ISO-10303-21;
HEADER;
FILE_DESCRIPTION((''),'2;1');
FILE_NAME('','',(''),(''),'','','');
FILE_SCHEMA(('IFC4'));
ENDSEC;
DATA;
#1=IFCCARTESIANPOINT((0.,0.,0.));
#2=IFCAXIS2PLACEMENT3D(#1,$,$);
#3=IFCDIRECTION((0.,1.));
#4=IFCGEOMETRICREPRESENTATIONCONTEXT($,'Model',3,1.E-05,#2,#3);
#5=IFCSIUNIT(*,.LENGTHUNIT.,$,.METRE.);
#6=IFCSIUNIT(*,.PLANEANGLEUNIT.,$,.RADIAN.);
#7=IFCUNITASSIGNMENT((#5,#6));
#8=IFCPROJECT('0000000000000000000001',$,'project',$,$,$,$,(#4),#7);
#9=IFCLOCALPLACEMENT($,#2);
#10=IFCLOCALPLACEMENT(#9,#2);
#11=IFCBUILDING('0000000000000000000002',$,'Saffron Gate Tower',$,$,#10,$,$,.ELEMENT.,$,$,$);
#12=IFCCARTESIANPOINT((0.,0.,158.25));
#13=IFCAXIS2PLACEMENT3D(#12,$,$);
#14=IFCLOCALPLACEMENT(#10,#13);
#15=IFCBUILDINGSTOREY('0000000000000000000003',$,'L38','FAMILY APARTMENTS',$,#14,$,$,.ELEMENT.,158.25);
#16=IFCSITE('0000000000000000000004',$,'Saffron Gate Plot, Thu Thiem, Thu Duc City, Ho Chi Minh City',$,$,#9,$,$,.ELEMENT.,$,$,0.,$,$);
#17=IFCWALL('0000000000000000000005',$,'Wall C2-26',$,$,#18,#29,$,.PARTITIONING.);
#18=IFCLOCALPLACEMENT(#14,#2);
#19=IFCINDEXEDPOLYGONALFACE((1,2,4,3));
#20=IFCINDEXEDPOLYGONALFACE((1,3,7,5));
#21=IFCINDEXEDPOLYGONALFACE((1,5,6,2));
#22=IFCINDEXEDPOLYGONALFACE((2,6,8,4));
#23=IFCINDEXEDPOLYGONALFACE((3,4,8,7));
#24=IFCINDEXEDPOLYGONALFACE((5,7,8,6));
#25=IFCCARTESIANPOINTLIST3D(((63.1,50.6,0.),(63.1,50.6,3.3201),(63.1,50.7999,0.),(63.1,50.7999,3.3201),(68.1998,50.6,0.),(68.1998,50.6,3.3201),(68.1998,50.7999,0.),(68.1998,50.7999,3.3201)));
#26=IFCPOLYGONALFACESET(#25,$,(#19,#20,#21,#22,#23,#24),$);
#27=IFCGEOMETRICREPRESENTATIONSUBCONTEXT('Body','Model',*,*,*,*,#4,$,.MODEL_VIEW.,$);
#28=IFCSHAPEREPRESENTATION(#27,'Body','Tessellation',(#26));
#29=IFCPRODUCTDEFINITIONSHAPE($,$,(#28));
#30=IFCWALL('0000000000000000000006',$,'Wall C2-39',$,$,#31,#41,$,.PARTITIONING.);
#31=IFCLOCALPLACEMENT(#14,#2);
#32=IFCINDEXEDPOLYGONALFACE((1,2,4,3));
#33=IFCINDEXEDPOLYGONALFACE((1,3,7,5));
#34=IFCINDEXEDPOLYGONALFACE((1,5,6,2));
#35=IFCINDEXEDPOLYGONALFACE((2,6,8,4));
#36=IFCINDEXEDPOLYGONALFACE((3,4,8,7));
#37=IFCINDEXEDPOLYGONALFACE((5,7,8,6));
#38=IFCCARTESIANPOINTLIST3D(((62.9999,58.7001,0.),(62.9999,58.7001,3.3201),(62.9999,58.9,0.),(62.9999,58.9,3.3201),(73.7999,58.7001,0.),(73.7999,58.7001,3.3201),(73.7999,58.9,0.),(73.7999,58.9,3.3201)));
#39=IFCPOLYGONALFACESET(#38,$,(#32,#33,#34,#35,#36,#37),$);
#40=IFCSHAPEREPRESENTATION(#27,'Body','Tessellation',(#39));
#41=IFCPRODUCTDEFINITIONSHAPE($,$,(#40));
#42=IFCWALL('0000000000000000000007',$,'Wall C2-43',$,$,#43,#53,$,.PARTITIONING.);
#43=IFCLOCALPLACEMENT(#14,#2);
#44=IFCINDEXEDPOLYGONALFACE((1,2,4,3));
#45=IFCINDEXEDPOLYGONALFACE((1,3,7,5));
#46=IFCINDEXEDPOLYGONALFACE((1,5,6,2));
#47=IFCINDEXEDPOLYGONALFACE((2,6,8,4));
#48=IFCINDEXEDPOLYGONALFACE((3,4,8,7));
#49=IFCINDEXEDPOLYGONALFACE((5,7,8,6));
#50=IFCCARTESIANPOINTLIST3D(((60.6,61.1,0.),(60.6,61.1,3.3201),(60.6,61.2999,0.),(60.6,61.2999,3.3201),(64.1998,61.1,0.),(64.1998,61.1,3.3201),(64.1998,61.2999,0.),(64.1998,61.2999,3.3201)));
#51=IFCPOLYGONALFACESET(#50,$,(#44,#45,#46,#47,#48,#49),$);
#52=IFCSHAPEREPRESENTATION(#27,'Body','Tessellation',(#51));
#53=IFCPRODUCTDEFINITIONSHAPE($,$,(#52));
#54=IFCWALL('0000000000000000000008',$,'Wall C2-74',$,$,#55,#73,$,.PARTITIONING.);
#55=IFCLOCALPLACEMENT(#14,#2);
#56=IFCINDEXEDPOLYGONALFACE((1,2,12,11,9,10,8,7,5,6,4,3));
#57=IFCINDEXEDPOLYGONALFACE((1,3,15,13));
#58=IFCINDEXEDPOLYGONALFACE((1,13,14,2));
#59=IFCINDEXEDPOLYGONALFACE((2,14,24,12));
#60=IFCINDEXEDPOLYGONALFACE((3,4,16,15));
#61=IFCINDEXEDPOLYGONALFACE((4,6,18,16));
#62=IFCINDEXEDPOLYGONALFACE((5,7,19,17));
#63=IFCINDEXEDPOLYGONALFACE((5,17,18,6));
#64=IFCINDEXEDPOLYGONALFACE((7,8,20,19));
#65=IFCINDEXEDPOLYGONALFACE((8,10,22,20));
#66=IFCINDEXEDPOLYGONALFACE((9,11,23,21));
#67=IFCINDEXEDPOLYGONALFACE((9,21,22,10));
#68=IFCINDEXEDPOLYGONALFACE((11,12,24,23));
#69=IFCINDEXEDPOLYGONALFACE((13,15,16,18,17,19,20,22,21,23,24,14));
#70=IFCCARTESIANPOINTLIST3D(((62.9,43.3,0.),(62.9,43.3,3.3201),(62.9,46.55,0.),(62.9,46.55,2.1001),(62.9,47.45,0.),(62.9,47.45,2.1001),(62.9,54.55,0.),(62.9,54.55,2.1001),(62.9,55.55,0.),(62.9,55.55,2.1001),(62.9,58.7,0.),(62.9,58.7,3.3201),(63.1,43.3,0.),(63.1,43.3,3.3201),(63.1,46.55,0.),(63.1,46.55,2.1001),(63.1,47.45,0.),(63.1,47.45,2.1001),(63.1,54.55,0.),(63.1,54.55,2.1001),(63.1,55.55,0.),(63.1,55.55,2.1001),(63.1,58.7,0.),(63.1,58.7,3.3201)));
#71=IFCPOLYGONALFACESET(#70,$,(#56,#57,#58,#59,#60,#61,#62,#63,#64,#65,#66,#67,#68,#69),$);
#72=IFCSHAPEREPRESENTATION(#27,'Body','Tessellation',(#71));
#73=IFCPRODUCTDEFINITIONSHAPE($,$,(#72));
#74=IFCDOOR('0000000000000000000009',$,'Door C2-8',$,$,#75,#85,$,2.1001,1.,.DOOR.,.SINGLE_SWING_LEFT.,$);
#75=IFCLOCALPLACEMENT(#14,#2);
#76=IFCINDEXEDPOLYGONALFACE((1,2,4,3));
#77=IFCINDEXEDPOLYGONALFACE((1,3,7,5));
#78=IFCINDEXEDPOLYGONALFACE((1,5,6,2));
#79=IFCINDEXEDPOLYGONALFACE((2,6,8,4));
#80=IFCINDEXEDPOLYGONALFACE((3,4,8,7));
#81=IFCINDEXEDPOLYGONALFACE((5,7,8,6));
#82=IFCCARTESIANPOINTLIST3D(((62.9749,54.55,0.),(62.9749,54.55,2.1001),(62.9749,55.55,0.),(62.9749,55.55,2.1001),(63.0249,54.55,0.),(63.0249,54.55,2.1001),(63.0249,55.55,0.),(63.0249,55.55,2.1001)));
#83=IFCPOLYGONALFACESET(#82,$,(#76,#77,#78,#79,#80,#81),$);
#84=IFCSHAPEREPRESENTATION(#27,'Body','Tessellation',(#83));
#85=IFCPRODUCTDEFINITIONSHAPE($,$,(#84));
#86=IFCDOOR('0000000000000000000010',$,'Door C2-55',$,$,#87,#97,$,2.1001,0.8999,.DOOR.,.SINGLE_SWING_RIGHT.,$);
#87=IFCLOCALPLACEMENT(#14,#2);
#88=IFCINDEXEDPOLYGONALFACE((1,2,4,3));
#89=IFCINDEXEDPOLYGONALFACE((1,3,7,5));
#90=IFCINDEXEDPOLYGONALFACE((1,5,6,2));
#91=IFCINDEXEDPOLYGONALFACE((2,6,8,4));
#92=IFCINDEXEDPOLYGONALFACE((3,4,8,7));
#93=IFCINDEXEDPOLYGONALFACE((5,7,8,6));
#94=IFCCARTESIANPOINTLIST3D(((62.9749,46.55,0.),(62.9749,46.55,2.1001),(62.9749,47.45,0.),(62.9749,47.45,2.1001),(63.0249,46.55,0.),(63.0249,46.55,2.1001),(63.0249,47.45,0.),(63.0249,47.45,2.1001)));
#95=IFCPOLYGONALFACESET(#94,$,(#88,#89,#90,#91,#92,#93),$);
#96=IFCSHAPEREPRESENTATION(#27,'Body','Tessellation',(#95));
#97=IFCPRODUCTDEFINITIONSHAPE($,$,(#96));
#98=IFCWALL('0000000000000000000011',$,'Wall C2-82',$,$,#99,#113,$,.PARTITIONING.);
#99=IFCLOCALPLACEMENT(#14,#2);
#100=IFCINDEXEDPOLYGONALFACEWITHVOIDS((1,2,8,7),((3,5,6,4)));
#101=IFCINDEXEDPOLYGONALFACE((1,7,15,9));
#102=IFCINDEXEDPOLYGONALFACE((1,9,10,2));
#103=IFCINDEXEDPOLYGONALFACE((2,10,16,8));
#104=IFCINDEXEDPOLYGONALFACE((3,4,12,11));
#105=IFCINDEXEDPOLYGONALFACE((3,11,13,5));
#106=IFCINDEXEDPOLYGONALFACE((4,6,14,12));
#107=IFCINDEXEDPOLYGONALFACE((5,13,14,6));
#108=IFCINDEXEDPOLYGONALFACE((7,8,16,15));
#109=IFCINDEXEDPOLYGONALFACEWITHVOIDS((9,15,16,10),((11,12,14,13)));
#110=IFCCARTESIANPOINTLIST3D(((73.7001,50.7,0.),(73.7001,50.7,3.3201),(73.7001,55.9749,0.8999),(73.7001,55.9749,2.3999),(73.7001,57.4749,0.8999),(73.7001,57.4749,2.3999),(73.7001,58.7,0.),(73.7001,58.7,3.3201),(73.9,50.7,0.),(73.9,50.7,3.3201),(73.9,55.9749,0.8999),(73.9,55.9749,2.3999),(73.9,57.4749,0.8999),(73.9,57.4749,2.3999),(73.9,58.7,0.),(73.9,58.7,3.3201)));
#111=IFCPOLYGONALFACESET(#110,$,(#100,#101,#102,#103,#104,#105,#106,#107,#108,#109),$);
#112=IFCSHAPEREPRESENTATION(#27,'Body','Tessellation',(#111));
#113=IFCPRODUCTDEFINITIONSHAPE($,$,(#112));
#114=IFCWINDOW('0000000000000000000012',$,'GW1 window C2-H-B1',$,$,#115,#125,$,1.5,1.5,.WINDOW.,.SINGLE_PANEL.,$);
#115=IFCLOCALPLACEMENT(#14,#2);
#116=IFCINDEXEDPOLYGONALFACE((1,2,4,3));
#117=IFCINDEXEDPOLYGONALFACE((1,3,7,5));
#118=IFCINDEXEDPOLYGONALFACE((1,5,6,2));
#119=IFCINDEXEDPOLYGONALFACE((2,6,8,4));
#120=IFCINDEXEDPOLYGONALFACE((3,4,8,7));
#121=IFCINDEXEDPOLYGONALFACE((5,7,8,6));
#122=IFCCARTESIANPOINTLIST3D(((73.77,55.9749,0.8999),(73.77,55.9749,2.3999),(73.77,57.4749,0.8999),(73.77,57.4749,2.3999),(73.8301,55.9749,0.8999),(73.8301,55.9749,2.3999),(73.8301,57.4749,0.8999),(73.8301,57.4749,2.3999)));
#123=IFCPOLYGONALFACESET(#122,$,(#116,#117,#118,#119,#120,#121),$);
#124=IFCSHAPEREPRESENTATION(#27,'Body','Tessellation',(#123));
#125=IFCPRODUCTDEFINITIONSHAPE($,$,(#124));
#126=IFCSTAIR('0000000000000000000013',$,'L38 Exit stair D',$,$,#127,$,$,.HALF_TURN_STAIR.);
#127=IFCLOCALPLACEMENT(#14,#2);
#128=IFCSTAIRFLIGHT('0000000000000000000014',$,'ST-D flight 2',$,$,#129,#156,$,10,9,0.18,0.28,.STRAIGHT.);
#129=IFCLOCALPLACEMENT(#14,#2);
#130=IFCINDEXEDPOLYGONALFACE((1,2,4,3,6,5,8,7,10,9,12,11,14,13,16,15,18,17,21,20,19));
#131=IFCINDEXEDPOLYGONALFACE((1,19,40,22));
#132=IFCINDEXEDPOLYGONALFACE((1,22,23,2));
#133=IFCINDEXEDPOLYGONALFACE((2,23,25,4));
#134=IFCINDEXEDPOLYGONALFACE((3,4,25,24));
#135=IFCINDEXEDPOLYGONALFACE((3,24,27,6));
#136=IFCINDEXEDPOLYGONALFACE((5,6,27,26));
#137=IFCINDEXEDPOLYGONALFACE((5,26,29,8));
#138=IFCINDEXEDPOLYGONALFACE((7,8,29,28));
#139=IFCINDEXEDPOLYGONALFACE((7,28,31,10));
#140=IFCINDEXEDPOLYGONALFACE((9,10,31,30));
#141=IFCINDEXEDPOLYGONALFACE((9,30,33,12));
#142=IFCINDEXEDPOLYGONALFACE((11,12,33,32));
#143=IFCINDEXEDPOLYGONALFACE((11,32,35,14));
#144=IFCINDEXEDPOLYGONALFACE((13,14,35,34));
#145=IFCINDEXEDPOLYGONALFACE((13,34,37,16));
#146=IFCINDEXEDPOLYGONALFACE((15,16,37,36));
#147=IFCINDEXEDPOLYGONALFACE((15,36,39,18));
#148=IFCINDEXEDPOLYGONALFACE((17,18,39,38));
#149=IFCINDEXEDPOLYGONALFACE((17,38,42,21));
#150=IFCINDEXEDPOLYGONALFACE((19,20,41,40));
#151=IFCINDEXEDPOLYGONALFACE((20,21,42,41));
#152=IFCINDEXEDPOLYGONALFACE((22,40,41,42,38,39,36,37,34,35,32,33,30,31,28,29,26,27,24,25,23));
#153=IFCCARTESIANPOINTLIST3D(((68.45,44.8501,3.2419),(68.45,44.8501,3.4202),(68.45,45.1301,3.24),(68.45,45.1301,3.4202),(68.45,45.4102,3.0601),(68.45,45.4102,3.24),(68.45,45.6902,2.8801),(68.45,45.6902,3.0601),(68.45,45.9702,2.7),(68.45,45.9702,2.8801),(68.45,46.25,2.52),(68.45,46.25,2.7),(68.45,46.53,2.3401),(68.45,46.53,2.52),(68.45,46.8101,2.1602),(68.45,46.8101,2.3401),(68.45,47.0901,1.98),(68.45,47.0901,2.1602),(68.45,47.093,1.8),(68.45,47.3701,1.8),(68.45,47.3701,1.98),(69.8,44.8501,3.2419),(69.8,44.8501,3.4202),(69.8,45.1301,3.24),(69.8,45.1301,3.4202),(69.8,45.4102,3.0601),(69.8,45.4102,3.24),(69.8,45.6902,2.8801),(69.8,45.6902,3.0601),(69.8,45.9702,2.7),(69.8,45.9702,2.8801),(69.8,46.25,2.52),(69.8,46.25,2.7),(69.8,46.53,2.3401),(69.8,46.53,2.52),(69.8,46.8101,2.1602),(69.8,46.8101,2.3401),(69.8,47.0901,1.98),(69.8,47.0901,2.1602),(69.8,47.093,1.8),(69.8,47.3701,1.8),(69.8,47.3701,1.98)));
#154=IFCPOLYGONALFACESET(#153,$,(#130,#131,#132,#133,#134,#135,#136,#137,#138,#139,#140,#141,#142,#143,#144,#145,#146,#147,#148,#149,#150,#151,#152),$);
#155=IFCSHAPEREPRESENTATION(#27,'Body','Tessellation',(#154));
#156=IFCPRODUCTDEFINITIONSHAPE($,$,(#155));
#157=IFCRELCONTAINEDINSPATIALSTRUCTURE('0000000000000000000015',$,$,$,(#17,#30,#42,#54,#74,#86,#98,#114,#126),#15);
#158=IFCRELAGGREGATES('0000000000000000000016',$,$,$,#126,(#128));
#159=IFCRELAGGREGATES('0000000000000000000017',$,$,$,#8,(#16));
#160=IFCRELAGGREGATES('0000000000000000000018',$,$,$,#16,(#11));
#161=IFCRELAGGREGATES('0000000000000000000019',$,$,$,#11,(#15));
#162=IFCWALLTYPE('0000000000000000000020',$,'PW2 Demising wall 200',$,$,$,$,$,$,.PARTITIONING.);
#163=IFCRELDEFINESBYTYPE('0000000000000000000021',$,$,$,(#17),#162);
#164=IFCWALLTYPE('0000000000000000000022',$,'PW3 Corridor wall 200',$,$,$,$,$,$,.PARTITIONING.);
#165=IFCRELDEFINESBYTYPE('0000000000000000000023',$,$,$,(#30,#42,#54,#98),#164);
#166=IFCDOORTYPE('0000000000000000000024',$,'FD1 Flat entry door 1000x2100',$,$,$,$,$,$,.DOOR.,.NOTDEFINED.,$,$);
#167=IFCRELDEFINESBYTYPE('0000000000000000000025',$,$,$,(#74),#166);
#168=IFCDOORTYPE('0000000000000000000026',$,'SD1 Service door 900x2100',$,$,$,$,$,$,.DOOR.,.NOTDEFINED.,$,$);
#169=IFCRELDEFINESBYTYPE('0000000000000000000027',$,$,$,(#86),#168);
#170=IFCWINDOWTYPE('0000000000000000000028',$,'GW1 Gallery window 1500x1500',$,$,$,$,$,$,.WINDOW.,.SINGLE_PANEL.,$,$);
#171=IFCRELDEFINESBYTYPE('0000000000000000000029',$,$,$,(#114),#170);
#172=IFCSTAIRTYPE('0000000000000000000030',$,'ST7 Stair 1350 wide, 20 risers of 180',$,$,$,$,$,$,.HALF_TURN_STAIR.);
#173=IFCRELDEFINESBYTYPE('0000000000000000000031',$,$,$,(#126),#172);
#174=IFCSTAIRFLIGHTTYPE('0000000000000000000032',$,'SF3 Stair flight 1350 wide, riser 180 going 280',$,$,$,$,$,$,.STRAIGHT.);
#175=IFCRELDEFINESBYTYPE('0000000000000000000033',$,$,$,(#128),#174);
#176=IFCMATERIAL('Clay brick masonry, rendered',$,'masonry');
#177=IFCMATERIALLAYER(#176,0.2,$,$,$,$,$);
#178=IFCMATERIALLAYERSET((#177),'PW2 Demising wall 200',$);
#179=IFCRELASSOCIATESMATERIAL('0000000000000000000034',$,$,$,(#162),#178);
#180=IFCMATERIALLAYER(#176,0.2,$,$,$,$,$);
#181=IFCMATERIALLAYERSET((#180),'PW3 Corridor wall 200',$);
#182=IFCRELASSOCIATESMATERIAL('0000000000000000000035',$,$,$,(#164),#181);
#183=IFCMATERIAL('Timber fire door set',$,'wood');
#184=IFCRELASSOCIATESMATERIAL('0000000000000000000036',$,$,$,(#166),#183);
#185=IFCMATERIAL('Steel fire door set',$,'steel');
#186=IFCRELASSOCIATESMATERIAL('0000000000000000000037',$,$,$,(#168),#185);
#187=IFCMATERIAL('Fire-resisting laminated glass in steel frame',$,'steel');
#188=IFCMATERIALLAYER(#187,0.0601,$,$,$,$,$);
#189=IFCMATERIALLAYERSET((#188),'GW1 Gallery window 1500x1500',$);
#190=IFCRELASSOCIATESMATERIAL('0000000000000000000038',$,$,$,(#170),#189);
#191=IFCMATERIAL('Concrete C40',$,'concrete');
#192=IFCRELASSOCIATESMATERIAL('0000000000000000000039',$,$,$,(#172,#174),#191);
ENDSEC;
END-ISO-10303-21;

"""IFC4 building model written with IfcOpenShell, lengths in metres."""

from ifc_helpers import new_model, si_unit, direction, frame, frame_2d, origin, place, context, subcontext, project, spatial, polyline, rectangle, outline, extrude, material, layer, layer_set, type_object, element, fill, aggregate, save


model = new_model("IFC4")

# Units and contexts
model_context = context("Model", 3, precision=1e-05, world=origin(), true_north=direction((0.0, 1.0)))
body_context = subcontext(model_context, "Body", "Model", "MODEL_VIEW")
ifc_project = project(units=[si_unit("LENGTHUNIT", "METRE"), si_unit("PLANEANGLEUNIT", "RADIAN")], contexts=[model_context])

# Site, building, storey
site_placement = place(None, origin())
site = spatial("IfcSite", under=ifc_project, at=site_placement, Name="Saffron Gate Plot, Thu Thiem, Thu Duc City, Ho Chi Minh City", CompositionType="ELEMENT", RefElevation=0.0)
building_placement = place(site_placement, origin())
building = spatial("IfcBuilding", under=site, at=building_placement, Name="Saffron Gate Tower", CompositionType="ELEMENT")
storey_placement = place(building_placement, frame((0.0, 0.0, 158.25)))
storey = spatial("IfcBuildingStorey", under=building, at=storey_placement, Name="L38", Description="FAMILY APARTMENTS", CompositionType="ELEMENT", Elevation=158.25)

# Walls
ifc_material_1 = material(Name="Clay brick masonry, rendered", Category="masonry")
ifc_layer_1 = layer(ifc_material_1, 0.2)
ifc_layer_set_1 = layer_set([ifc_layer_1], Name="PW2 Demising wall 200")
wall_type_1 = type_object("IfcWallType", Name="PW2 Demising wall 200", PredefinedType="PARTITIONING", material=ifc_layer_set_1)
wall_1_placement = place(storey_placement, frame((63.1001, 50.7, 0.0), z_axis=(0.0, 0.0, 1.0), x_axis=(1.0, 0.0, 0.0)))
element("IfcWall", 1, at=wall_1_placement, inside=storey, type_object=wall_type_1, Name="Wall C2-26", PredefinedType="PARTITIONING", context=body_context, shape_type="SweptSolid", body=[
    extrude(rectangle(XDim=5.0999, YDim=0.2, at=frame_2d((2.5498, 0.0))), origin(), (0.0, 0.0, 1.0), 3.3201),
])
ifc_layer_2 = layer(ifc_material_1, 0.2)
ifc_layer_set_2 = layer_set([ifc_layer_2], Name="PW3 Corridor wall 200")
wall_type_2 = type_object("IfcWallType", Name="PW3 Corridor wall 200", PredefinedType="PARTITIONING", material=ifc_layer_set_2)
wall_2_placement = place(storey_placement, frame((63.0, 58.8, 0.0), z_axis=(0.0, 0.0, 1.0), x_axis=(1.0, 0.0, 0.0)))
element("IfcWall", 2, at=wall_2_placement, inside=storey, type_object=wall_type_2, Name="Wall C2-39", PredefinedType="PARTITIONING", context=body_context, shape_type="SweptSolid", body=[
    extrude(rectangle(XDim=10.8, YDim=0.2, at=frame_2d((5.3999, 0.0))), origin(), (0.0, 0.0, 1.0), 3.3201),
])
wall_3_placement = place(storey_placement, frame((60.6001, 61.2, 0.0), z_axis=(0.0, 0.0, 1.0), x_axis=(1.0, 0.0, 0.0)))
element("IfcWall", 3, at=wall_3_placement, inside=storey, type_object=wall_type_2, Name="Wall C2-43", PredefinedType="PARTITIONING", context=body_context, shape_type="SweptSolid", body=[
    extrude(rectangle(XDim=3.5999, YDim=0.2, at=frame_2d((1.7998, 0.0))), origin(), (0.0, 0.0, 1.0), 3.3201),
])

# Wall, openings, doors
wall_4_placement = place(storey_placement, frame((63.0, 58.7, 0.0), z_axis=(0.0, 0.0, 1.0), x_axis=(0.0, -1.0, 0.0)))
wall_4 = element("IfcWall", 4, at=wall_4_placement, inside=storey, type_object=wall_type_2, Name="Wall C2-74", PredefinedType="PARTITIONING", context=body_context, shape_type="SweptSolid", body=[
    extrude(rectangle(XDim=15.3999, YDim=0.2, at=frame_2d((7.7, 0.0))), origin(), (0.0, 0.0, 1.0), 3.3201),
])
opening_1_placement = place(wall_4_placement, frame((3.1499, 0.0, 0.0)))
opening_1 = element("IfcOpeningElement", 5, at=opening_1_placement, cuts=wall_4, PredefinedType="OPENING", context=body_context, shape_type="SweptSolid", body=[
    extrude(rectangle(XDim=1.0, YDim=2.1001, at=frame_2d((0.5, 1.05))), frame((0.0, 0.1099, 0.0), z_axis=(0.0, -1.0, 0.0), x_axis=(1.0, 0.0, 0.0)), (0.0, 0.0, 1.0), 0.22),
])
opening_2_placement = place(wall_4_placement, frame((11.25, 0.0, 0.0)))
opening_2 = element("IfcOpeningElement", 6, at=opening_2_placement, cuts=wall_4, PredefinedType="OPENING", context=body_context, shape_type="SweptSolid", body=[
    extrude(rectangle(XDim=0.8999, YDim=2.1001, at=frame_2d((0.45, 1.05))), frame((0.0, 0.1099, 0.0), z_axis=(0.0, -1.0, 0.0), x_axis=(1.0, 0.0, 0.0)), (0.0, 0.0, 1.0), 0.22),
])
ifc_material_2 = material(Name="Timber fire door set", Category="wood")
door_type_1 = type_object("IfcDoorType", Name="FD1 Flat entry door 1000x2100", OperationType="NOTDEFINED", PredefinedType="DOOR", material=ifc_material_2)
door_1_placement = place(opening_1_placement, origin())
door_1 = element("IfcDoor", 7, at=door_1_placement, inside=storey, type_object=door_type_1, Name="Door C2-8", OperationType="SINGLE_SWING_LEFT", OverallHeight=2.1001, OverallWidth=1.0, PredefinedType="DOOR", context=body_context, shape_type="SweptSolid", body=[
    extrude(rectangle(XDim=1.0, YDim=2.1001, at=frame_2d((0.5, 1.05))), frame((0.0, 0.0249, 0.0), z_axis=(0.0, -1.0, 0.0), x_axis=(1.0, 0.0, 0.0)), (0.0, 0.0, 1.0), 0.05),
])
fill(opening_1, door_1)
ifc_material_3 = material(Name="Steel fire door set", Category="steel")
door_type_2 = type_object("IfcDoorType", Name="SD1 Service door 900x2100", OperationType="NOTDEFINED", PredefinedType="DOOR", material=ifc_material_3)
door_2_placement = place(opening_2_placement, origin())
door_2 = element("IfcDoor", 8, at=door_2_placement, inside=storey, type_object=door_type_2, Name="Door C2-55", OperationType="SINGLE_SWING_RIGHT", OverallHeight=2.1001, OverallWidth=0.8999, PredefinedType="DOOR", context=body_context, shape_type="SweptSolid", body=[
    extrude(rectangle(XDim=0.8999, YDim=2.1001, at=frame_2d((0.45, 1.05))), frame((0.0, 0.0249, 0.0), z_axis=(0.0, -1.0, 0.0), x_axis=(1.0, 0.0, 0.0)), (0.0, 0.0, 1.0), 0.05),
])
fill(opening_2, door_2)

# Wall, opening, window
wall_5_placement = place(storey_placement, frame((73.8, 58.7, 0.0), z_axis=(0.0, 0.0, 1.0), x_axis=(0.0, -1.0, 0.0)))
wall_5 = element("IfcWall", 9, at=wall_5_placement, inside=storey, type_object=wall_type_2, Name="Wall C2-82", PredefinedType="PARTITIONING", context=body_context, shape_type="SweptSolid", body=[
    extrude(rectangle(XDim=8.0, YDim=0.2, at=frame_2d((4.0, 0.0))), origin(), (0.0, 0.0, 1.0), 3.3201),
])
opening_3_placement = place(wall_5_placement, frame((1.2251, 0.0, 0.8999)))
opening_3 = element("IfcOpeningElement", 10, at=opening_3_placement, cuts=wall_5, PredefinedType="OPENING", context=body_context, shape_type="SweptSolid", body=[
    extrude(rectangle(XDim=1.5, YDim=1.5, at=frame_2d((0.75, 0.75))), frame((0.0, 0.1099, 0.0), z_axis=(0.0, -1.0, 0.0), x_axis=(1.0, 0.0, 0.0)), (0.0, 0.0, 1.0), 0.22),
])
ifc_material_4 = material(Name="Fire-resisting laminated glass in steel frame", Category="steel")
ifc_layer_3 = layer(ifc_material_4, 0.0601)
ifc_layer_set_3 = layer_set([ifc_layer_3], Name="GW1 Gallery window 1500x1500")
window_type = type_object("IfcWindowType", Name="GW1 Gallery window 1500x1500", PartitioningType="SINGLE_PANEL", PredefinedType="WINDOW", material=ifc_layer_set_3)
window_placement = place(opening_3_placement, origin())
window = element("IfcWindow", 11, at=window_placement, inside=storey, type_object=window_type, Name="GW1 window C2-H-B1", OverallHeight=1.5, OverallWidth=1.5, PartitioningType="SINGLE_PANEL", PredefinedType="WINDOW", context=body_context, shape_type="SweptSolid", body=[
    extrude(rectangle(XDim=1.5, YDim=1.5, at=frame_2d((0.75, 0.75))), frame((0.0, 0.03, 0.0), z_axis=(0.0, -1.0, 0.0), x_axis=(1.0, 0.0, 0.0)), (0.0, 0.0, 1.0), 0.0601),
])
fill(opening_3, window)

# Stair, stair flight
ifc_material_5 = material(Name="Concrete C40", Category="concrete")
stair_type = type_object("IfcStairType", Name="ST7 Stair 1350 wide, 20 risers of 180", PredefinedType="HALF_TURN_STAIR", material=ifc_material_5)
stair_placement = place(storey_placement, origin())
stair = element("IfcStair", 12, at=stair_placement, inside=storey, type_object=stair_type, Name="L38 Exit stair D", PredefinedType="HALF_TURN_STAIR")
stair_flight_type = type_object("IfcStairFlightType", Name="SF3 Stair flight 1350 wide, riser 180 going 280", PredefinedType="STRAIGHT", material=ifc_material_5)
stair_flight_placement = place(storey_placement, frame((69.125, 47.3701, 1.8), z_axis=(0.0, 0.0, 1.0), x_axis=(0.0, -1.0, 0.0)))
stair_flight = element("IfcStairFlight", 13, at=stair_flight_placement, type_object=stair_flight_type, Name="ST-D flight 2", NumberOfRisers=10, NumberOfTreads=9, PredefinedType="STRAIGHT", RiserHeight=0.18, TreadLength=0.28, context=body_context, shape_type="SweptSolid", body=[
    extrude(outline(polyline([(0.0, 0.0), (0.0, 0.1799), (0.28, 0.1799), (0.28, 0.3601), (0.5601, 0.3601), (0.5601, 0.54), (0.8401, 0.54), (0.8401, 0.72), (1.1201, 0.72), (1.1201, 0.8999), (1.3999, 0.8999), (1.3999, 1.0801), (1.6799, 1.0801), (1.6799, 1.26), (1.96, 1.26), (1.96, 1.4399), (2.24, 1.4399), (2.24, 1.6201), (2.52, 1.6201), (2.52, 1.8), (2.52, 1.4419), (0.2771, 0.0), (0.0, 0.0)])), frame((0.0, 0.675, 0.0), z_axis=(0.0, -1.0, 0.0), x_axis=(1.0, 0.0, 0.0)), (0.0, 0.0, 1.0), 1.3501),
])
aggregate(stair, [stair_flight])

save(model, "model.ifc")
